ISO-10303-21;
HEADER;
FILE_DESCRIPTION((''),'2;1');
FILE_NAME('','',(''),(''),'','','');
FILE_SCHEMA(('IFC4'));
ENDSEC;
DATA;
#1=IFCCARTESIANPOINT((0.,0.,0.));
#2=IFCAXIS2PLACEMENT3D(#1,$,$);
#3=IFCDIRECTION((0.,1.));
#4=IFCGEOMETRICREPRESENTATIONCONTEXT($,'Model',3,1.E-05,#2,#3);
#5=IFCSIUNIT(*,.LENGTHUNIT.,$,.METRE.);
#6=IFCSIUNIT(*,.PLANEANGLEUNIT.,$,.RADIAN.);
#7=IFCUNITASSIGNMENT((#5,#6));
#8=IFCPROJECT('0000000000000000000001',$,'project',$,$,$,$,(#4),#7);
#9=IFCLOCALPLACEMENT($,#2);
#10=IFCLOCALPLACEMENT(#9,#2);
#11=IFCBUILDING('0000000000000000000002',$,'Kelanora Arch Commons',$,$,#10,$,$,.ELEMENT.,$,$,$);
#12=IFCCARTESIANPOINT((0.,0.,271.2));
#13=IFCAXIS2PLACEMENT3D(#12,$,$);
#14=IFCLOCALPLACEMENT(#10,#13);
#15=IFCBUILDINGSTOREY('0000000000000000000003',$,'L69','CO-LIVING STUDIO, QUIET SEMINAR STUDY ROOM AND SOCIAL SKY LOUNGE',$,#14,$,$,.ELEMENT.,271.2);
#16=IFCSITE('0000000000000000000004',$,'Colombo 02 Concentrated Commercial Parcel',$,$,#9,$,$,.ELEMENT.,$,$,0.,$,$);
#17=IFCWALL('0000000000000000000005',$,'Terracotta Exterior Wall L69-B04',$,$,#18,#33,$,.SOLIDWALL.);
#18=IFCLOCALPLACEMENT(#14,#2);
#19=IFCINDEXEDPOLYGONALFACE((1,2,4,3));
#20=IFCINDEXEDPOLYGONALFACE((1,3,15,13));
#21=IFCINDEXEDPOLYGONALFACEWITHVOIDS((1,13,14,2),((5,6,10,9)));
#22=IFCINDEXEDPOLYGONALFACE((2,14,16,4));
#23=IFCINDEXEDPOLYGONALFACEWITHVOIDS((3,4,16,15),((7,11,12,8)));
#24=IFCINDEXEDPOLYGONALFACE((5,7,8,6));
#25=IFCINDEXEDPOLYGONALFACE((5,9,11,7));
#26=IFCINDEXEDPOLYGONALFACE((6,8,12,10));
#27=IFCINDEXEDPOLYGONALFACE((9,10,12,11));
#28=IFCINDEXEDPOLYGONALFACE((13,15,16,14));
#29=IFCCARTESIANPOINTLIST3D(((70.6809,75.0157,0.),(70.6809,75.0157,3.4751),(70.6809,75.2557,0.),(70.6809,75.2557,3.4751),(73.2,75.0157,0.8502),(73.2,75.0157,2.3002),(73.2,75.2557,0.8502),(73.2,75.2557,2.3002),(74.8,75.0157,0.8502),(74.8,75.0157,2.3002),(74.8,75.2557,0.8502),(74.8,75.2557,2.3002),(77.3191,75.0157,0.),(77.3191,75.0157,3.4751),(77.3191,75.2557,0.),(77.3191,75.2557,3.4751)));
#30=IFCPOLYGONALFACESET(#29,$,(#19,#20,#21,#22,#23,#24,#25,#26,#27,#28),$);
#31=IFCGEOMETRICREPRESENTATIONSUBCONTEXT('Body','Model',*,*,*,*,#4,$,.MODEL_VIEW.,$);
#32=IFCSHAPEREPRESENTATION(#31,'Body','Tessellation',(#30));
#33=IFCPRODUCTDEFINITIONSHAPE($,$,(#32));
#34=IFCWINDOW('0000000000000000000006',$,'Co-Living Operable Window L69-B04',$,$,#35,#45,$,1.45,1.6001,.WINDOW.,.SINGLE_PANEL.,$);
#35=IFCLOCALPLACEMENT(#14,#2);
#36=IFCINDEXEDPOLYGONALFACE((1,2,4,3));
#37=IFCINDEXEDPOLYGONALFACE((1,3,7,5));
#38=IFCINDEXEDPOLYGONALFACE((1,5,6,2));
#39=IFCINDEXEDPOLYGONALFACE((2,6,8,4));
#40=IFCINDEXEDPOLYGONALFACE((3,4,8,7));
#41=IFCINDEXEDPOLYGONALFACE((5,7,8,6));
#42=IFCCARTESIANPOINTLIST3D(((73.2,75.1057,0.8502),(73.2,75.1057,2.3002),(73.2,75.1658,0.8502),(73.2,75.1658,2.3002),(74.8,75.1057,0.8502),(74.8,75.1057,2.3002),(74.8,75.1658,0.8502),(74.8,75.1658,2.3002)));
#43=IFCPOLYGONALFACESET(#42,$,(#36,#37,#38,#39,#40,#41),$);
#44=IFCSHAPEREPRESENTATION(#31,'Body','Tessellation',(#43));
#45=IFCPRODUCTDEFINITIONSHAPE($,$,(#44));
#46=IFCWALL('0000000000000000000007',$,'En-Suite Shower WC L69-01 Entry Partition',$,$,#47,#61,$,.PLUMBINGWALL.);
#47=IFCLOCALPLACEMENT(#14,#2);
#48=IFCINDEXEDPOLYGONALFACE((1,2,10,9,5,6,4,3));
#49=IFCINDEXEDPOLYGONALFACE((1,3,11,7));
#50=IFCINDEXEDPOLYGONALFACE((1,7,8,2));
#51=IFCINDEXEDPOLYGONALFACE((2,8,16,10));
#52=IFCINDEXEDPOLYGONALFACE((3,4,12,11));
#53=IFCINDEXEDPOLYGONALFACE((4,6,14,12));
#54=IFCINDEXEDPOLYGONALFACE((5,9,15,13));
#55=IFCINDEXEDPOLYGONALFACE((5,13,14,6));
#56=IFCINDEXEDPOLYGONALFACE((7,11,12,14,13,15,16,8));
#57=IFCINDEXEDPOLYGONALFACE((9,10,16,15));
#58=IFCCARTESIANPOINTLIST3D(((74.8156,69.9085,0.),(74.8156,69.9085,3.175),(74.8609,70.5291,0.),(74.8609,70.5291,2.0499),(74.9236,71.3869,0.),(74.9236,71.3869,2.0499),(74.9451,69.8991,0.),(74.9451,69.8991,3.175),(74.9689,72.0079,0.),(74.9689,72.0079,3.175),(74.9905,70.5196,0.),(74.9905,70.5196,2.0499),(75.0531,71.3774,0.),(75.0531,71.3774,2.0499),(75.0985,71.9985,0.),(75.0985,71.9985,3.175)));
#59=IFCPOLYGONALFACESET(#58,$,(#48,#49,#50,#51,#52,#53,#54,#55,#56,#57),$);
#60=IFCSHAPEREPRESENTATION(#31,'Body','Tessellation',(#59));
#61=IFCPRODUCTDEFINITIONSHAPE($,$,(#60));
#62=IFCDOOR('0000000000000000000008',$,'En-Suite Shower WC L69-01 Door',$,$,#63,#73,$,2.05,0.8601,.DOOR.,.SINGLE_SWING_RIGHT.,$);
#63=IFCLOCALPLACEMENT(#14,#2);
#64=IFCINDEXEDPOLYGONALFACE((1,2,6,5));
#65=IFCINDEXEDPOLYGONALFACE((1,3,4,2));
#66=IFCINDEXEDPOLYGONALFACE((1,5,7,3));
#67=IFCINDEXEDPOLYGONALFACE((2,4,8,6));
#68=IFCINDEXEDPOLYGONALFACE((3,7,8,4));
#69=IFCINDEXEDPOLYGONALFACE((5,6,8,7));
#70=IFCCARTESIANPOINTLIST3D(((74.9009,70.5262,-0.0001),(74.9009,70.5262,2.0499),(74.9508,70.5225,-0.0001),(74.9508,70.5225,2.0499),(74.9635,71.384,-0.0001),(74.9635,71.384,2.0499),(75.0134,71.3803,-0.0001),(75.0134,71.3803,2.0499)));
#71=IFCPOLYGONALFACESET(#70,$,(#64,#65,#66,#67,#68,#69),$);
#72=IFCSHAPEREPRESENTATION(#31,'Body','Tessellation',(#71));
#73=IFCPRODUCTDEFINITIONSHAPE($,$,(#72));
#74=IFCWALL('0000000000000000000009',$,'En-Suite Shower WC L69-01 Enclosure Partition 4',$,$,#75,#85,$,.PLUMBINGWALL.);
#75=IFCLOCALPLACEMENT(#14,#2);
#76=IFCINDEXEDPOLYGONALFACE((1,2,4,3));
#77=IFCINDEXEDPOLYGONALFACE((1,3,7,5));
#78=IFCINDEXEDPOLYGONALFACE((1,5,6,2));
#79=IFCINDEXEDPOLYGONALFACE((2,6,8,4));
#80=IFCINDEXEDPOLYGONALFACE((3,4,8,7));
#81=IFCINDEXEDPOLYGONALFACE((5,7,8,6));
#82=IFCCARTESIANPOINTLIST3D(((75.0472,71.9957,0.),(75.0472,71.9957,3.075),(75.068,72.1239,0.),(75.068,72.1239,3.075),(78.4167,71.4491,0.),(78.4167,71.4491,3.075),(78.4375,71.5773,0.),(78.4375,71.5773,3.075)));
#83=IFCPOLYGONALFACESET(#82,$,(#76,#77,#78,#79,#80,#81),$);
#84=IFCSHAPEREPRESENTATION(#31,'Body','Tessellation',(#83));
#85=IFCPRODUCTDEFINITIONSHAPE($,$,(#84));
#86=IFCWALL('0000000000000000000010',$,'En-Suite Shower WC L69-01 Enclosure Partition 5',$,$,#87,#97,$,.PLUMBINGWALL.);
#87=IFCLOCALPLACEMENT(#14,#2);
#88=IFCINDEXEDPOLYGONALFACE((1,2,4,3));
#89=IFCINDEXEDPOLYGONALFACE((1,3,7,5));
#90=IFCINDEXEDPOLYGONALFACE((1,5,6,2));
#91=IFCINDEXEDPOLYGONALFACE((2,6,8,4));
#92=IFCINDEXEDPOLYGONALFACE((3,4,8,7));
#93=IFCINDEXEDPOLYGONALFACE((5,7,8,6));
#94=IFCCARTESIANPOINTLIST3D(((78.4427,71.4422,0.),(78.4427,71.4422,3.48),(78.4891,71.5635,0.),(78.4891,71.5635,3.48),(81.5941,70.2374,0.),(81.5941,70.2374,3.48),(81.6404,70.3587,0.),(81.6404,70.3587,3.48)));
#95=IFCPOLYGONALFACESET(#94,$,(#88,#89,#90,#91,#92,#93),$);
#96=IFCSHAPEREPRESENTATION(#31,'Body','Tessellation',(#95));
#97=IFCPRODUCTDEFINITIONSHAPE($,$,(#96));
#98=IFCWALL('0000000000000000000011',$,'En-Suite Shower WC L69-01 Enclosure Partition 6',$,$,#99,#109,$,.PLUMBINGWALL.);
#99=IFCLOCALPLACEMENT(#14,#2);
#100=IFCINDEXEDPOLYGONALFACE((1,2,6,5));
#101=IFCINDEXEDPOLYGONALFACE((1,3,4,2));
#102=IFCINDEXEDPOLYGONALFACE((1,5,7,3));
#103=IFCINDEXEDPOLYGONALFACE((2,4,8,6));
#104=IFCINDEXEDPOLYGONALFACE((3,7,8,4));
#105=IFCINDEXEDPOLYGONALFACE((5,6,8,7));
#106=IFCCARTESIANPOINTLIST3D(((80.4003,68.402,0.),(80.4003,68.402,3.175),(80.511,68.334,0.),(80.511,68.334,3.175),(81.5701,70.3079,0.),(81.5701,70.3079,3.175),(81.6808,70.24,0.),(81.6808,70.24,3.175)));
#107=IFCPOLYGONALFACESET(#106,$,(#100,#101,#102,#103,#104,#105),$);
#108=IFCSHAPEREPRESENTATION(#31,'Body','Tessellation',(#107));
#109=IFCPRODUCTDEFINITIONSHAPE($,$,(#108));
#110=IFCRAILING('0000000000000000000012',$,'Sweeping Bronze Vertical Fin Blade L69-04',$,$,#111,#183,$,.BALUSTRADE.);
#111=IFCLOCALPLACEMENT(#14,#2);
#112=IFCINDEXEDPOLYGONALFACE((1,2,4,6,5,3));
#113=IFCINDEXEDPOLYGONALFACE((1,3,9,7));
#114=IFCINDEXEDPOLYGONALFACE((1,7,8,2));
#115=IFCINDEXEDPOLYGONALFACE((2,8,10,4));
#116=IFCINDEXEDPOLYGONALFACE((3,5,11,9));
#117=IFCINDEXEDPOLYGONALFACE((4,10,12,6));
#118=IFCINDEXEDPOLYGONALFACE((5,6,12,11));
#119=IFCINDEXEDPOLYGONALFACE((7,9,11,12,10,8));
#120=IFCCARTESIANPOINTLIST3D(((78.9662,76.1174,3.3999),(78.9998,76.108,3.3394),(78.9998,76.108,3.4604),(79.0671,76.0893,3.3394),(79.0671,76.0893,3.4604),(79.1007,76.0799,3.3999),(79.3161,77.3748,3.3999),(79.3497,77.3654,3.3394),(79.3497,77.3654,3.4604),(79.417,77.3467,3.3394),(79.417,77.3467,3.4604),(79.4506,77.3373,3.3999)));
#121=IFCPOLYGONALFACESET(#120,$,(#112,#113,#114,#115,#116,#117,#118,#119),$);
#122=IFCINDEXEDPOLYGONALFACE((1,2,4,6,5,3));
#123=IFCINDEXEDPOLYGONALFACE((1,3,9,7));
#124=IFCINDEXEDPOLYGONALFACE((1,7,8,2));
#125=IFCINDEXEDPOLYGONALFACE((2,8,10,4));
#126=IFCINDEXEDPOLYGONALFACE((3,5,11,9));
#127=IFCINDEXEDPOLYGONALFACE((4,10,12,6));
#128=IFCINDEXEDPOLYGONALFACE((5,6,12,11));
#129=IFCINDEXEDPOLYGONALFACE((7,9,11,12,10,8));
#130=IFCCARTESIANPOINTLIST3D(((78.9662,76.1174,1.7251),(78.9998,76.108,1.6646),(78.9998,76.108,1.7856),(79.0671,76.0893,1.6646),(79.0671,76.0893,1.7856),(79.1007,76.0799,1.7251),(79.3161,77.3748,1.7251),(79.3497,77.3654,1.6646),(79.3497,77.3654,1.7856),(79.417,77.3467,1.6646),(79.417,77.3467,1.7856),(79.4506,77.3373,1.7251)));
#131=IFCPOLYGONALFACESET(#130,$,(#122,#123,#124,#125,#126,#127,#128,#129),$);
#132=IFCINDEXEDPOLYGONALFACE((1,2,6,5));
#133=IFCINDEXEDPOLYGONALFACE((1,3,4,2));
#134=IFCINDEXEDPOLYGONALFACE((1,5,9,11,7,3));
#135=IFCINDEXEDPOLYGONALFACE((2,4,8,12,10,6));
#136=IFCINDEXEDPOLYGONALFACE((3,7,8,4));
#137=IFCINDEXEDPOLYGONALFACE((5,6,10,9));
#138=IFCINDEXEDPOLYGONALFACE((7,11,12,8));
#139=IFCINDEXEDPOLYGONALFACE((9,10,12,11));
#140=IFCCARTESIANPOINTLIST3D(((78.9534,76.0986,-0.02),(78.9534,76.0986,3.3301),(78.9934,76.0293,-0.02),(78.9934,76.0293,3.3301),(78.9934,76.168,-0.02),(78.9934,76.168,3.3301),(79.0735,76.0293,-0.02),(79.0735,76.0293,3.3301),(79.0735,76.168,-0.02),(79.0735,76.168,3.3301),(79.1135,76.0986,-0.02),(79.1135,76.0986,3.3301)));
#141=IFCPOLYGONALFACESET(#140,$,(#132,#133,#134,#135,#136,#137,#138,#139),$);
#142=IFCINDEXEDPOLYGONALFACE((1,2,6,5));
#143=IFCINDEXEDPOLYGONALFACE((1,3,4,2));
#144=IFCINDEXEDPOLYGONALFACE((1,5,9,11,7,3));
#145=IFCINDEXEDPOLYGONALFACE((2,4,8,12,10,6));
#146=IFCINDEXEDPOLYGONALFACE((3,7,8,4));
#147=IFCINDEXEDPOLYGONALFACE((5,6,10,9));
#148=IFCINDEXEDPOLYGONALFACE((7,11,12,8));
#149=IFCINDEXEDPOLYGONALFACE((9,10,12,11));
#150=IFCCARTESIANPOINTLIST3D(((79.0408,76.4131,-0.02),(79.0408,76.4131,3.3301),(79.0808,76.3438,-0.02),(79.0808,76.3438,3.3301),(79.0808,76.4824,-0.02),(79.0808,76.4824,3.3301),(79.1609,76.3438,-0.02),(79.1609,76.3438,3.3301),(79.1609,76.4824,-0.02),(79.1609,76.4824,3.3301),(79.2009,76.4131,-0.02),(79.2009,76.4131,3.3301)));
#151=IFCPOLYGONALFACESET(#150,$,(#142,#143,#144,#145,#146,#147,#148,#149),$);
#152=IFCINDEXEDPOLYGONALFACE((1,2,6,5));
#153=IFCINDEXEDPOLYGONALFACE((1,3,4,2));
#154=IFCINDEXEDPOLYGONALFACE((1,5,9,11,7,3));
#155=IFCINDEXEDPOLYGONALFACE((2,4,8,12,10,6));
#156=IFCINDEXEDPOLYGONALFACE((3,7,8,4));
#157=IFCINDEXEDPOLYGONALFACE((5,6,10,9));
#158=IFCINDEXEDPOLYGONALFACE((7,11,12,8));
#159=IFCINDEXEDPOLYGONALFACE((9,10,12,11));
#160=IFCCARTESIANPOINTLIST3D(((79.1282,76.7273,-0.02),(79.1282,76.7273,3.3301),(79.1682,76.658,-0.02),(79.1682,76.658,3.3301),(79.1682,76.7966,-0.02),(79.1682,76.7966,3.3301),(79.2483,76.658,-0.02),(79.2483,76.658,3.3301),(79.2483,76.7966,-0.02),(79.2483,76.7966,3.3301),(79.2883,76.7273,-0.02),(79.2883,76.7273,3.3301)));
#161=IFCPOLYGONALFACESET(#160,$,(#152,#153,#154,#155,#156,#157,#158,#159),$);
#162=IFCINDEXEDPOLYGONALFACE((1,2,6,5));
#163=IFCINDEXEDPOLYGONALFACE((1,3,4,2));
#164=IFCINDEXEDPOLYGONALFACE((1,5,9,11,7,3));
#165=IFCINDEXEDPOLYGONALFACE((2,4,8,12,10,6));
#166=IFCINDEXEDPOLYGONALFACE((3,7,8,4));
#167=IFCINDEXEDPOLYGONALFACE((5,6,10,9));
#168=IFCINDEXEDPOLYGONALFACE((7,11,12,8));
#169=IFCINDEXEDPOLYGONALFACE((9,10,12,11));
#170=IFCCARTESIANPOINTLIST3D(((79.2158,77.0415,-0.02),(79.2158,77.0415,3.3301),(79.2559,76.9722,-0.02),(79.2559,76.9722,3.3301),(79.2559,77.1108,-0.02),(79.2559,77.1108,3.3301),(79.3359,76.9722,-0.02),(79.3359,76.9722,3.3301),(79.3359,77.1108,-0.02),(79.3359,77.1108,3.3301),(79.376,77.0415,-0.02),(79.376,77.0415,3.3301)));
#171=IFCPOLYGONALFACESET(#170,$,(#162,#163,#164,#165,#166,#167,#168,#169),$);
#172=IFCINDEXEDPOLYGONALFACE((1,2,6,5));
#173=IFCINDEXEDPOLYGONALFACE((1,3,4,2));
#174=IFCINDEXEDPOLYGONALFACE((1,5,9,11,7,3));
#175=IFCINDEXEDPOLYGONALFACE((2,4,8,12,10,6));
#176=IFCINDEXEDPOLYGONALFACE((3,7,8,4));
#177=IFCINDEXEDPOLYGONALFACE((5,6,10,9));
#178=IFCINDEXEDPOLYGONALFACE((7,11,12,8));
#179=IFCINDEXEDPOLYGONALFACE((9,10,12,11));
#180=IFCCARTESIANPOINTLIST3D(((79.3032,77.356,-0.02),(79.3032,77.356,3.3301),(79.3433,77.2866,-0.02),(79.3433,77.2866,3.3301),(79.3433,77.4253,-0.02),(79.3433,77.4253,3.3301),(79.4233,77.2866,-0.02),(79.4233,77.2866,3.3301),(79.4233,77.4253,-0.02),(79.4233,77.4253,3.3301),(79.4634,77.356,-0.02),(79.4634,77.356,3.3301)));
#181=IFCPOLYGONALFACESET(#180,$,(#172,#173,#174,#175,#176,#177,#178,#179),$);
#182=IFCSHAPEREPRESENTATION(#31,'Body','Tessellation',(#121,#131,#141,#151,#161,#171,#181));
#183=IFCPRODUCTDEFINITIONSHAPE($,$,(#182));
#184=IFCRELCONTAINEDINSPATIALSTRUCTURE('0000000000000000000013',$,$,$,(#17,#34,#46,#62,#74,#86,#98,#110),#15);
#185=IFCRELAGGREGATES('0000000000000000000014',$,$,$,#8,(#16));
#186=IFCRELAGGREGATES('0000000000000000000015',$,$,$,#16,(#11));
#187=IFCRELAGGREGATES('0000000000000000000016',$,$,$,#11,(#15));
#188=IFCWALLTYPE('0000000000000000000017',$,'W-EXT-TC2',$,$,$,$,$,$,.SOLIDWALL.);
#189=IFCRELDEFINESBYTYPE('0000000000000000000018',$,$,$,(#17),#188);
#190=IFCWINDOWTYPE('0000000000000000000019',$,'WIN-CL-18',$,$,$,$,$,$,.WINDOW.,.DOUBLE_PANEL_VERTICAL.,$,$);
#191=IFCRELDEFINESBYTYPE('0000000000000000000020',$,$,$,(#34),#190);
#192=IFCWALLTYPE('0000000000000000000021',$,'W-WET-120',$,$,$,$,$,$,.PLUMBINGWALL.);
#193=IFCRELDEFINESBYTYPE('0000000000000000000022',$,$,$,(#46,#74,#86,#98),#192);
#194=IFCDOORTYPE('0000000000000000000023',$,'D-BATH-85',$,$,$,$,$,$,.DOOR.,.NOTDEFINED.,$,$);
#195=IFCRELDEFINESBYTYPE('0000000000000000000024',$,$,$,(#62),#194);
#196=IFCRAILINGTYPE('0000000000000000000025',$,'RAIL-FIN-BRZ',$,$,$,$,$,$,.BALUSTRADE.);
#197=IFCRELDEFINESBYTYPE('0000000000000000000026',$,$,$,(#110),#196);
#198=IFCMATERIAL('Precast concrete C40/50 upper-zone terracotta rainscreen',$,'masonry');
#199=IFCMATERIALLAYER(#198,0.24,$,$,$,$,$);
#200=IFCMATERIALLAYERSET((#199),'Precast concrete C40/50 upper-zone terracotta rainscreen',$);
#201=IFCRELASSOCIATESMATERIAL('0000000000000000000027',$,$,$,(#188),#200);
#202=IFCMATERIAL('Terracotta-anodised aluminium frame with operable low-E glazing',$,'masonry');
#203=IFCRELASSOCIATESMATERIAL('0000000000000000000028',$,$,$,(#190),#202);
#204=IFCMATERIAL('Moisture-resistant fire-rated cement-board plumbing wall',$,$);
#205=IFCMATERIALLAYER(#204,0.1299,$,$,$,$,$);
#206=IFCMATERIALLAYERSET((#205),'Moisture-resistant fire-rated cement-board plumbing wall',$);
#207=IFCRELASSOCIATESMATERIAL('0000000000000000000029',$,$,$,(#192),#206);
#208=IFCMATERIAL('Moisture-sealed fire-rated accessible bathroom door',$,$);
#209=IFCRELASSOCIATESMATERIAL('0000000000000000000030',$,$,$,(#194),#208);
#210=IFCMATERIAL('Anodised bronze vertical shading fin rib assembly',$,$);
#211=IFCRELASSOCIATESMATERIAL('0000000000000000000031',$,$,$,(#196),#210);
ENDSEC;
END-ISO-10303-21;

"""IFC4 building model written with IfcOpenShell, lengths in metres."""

from ifc_helpers import new_model, si_unit, direction, frame, frame_2d, origin, place, context, subcontext, project, spatial, polyline, rectangle, outline, extrude, material, layer, layer_set, type_object, element, fill, save


model = new_model("IFC4")

# Units and contexts
model_context = context("Model", 3, precision=1e-05, world=origin(), true_north=direction((0.0, 1.0)))
body_context = subcontext(model_context, "Body", "Model", "MODEL_VIEW")
ifc_project = project(units=[si_unit("LENGTHUNIT", "METRE"), si_unit("PLANEANGLEUNIT", "RADIAN")], contexts=[model_context])

# Site, building, storey
site_placement = place(None, origin())
site = spatial("IfcSite", under=ifc_project, at=site_placement, Name="Colombo 02 Concentrated Commercial Parcel", CompositionType="ELEMENT", RefElevation=0.0)
building_placement = place(site_placement, origin())
building = spatial("IfcBuilding", under=site, at=building_placement, Name="Kelanora Arch Commons", CompositionType="ELEMENT")
storey_placement = place(building_placement, frame((0.0, 0.0, 271.2)))
storey = spatial("IfcBuildingStorey", under=building, at=storey_placement, Name="L69", Description="CO-LIVING STUDIO, QUIET SEMINAR STUDY ROOM AND SOCIAL SKY LOUNGE", CompositionType="ELEMENT", Elevation=271.2)

# Wall, opening, window
ifc_material_1 = material(Name="Precast concrete C40/50 upper-zone terracotta rainscreen", Category="masonry")
ifc_layer_1 = layer(ifc_material_1, 0.24)
ifc_layer_set_1 = layer_set([ifc_layer_1], Name="Precast concrete C40/50 upper-zone terracotta rainscreen")
wall_type_1 = type_object("IfcWallType", Name="W-EXT-TC2", PredefinedType="SOLIDWALL", material=ifc_layer_set_1)
wall_1_placement = place(storey_placement, frame((77.3191, 75.1357, 0.0), z_axis=(0.0, 0.0, 1.0), x_axis=(-1.0, 0.0, 0.0)))
wall_1 = element("IfcWall", 1, at=wall_1_placement, inside=storey, type_object=wall_type_1, Name="Terracotta Exterior Wall L69-B04", PredefinedType="SOLIDWALL", context=body_context, shape_type="SweptSolid", body=[
    extrude(rectangle(XDim=6.6382, YDim=0.24, at=frame_2d((3.3191, 0.0))), origin(), (0.0, 0.0, 1.0), 3.4751),
])
opening_1_placement = place(wall_1_placement, frame((2.519, 0.0, 0.8501)))
opening_1 = element("IfcOpeningElement", 2, at=opening_1_placement, cuts=wall_1, PredefinedType="OPENING", context=body_context, shape_type="SweptSolid", body=[
    extrude(rectangle(XDim=1.6001, YDim=1.45, at=frame_2d((0.8, 0.7251))), frame((0.0, 0.1299, 0.0), z_axis=(0.0, -1.0, 0.0), x_axis=(1.0, 0.0, 0.0)), (0.0, 0.0, 1.0), 0.26),
])
ifc_material_2 = material(Name="Terracotta-anodised aluminium frame with operable low-E glazing", Category="masonry")
window_type = type_object("IfcWindowType", Name="WIN-CL-18", PartitioningType="DOUBLE_PANEL_VERTICAL", PredefinedType="WINDOW", material=ifc_material_2)
window_placement = place(opening_1_placement, origin())
window = element("IfcWindow", 3, at=window_placement, inside=storey, type_object=window_type, Name="Co-Living Operable Window L69-B04", OverallHeight=1.45, OverallWidth=1.6001, PartitioningType="SINGLE_PANEL", PredefinedType="WINDOW", context=body_context, shape_type="SweptSolid", body=[
    extrude(rectangle(XDim=1.6001, YDim=1.45, at=frame_2d((0.8, 0.7251))), frame((0.0, 0.03, 0.0), z_axis=(0.0, -1.0, 0.0), x_axis=(1.0, 0.0, 0.0)), (0.0, 0.0, 1.0), 0.0601),
])
fill(opening_1, window)

# Wall, opening, door
ifc_material_3 = material(Name="Moisture-resistant fire-rated cement-board plumbing wall")
ifc_layer_2 = layer(ifc_material_3, 0.1299)
ifc_layer_set_2 = layer_set([ifc_layer_2], Name="Moisture-resistant fire-rated cement-board plumbing wall")
wall_type_2 = type_object("IfcWallType", Name="W-WET-120", PredefinedType="PLUMBINGWALL", material=ifc_layer_set_2)
wall_2_placement = place(storey_placement, frame((74.8804, 69.9038, 0.0), z_axis=(0.0, 0.0, 1.0), x_axis=(0.072838, 0.997344, 0.0)))
wall_2 = element("IfcWall", 4, at=wall_2_placement, inside=storey, type_object=wall_type_2, Name="En-Suite Shower WC L69-01 Entry Partition", PredefinedType="PLUMBINGWALL", context=body_context, shape_type="SweptSolid", body=[
    extrude(rectangle(XDim=2.105, YDim=0.1299, at=frame_2d((1.0525, 0.0))), origin(), (0.0, 0.0, 1.0), 3.175),
])
opening_2_placement = place(wall_2_placement, frame((0.6221, 0.0, 0.0)))
opening_2 = element("IfcOpeningElement", 5, at=opening_2_placement, cuts=wall_2, PredefinedType="OPENING", context=body_context, shape_type="SweptSolid", body=[
    extrude(rectangle(XDim=0.8601, YDim=2.05, at=frame_2d((0.4302, 1.0249))), frame((0.0, 0.075, 0.0), z_axis=(0.0, -1.0, 0.0), x_axis=(1.0, 0.0, 0.0)), (0.0, 0.0, 1.0), 0.1499),
])
ifc_material_4 = material(Name="Moisture-sealed fire-rated accessible bathroom door")
door_type = type_object("IfcDoorType", Name="D-BATH-85", OperationType="NOTDEFINED", PredefinedType="DOOR", material=ifc_material_4)
door_placement = place(opening_2_placement, origin())
door = element("IfcDoor", 6, at=door_placement, inside=storey, type_object=door_type, Name="En-Suite Shower WC L69-01 Door", OperationType="SINGLE_SWING_RIGHT", OverallHeight=2.05, OverallWidth=0.8601, PredefinedType="DOOR", context=body_context, shape_type="SweptSolid", body=[
    extrude(rectangle(XDim=0.8601, YDim=2.05, at=frame_2d((0.4302, 1.0249))), frame((0.0, 0.0249, 0.0), z_axis=(0.0, -1.0, 0.0), x_axis=(1.0, 0.0, 0.0)), (0.0, 0.0, 1.0), 0.05),
])
fill(opening_2, door)

# Walls
wall_3_placement = place(storey_placement, frame((75.0576, 72.0598, 0.0), z_axis=(0.0, 0.0, 1.0), x_axis=(0.987096, -0.16013, 0.0)))
element("IfcWall", 7, at=wall_3_placement, inside=storey, type_object=wall_type_2, Name="En-Suite Shower WC L69-01 Enclosure Partition 4", PredefinedType="PLUMBINGWALL", context=body_context, shape_type="SweptSolid", body=[
    extrude(rectangle(XDim=3.4136, YDim=0.1299, at=frame_2d((1.7068, 0.0))), origin(), (0.0, 0.0, 1.0), 3.075),
])
wall_4_placement = place(storey_placement, frame((78.4658, 71.5029, 0.0), z_axis=(0.0, 0.0, 1.0), x_axis=(0.934062, -0.357111, 0.0)))
element("IfcWall", 8, at=wall_4_placement, inside=storey, type_object=wall_type_2, Name="En-Suite Shower WC L69-01 Enclosure Partition 5", PredefinedType="PLUMBINGWALL", context=body_context, shape_type="SweptSolid", body=[
    extrude(rectangle(XDim=3.3738, YDim=0.1299, at=frame_2d((1.687, 0.0))), origin(), (0.0, 0.0, 1.0), 3.48),
])
wall_5_placement = place(storey_placement, frame((81.6255, 70.2739, 0.0), z_axis=(0.0, 0.0, 1.0), x_axis=(-0.523123, -0.852257, 0.0)))
element("IfcWall", 9, at=wall_5_placement, inside=storey, type_object=wall_type_2, Name="En-Suite Shower WC L69-01 Enclosure Partition 6", PredefinedType="PLUMBINGWALL", context=body_context, shape_type="SweptSolid", body=[
    extrude(rectangle(XDim=2.2363, YDim=0.1299, at=frame_2d((1.1182, 0.0))), origin(), (0.0, 0.0, 1.0), 3.175),
])

# Railing
ifc_material_5 = material(Name="Anodised bronze vertical shading fin rib assembly")
railing_type = type_object("IfcRailingType", Name="RAIL-FIN-BRZ", PredefinedType="BALUSTRADE", material=ifc_material_5)
railing_placement = place(storey_placement, frame((79.0334, 76.0986, -0.02)))
element("IfcRailing", 10, at=railing_placement, inside=storey, type_object=railing_type, Name="Sweeping Bronze Vertical Fin Blade L69-04", PredefinedType="BALUSTRADE", context=body_context, shape_type="SweptSolid", body=[
    extrude(outline(polyline([(0.0698, 0.0), (0.0349, 0.0605), (-0.0349, 0.0605), (-0.0698, 0.0), (-0.0349, -0.0605), (0.0349, -0.0605), (0.0698, 0.0)])), frame((0.0, 0.0, 3.4199), z_axis=(0.268068, 0.9634, 0.0), x_axis=(-0.9634, 0.268068, 0.0)), (0.0, 0.0, 1.0), 1.3052),
    extrude(outline(polyline([(0.0698, 0.0), (0.0349, 0.0605), (-0.0349, 0.0605), (-0.0698, 0.0), (-0.0349, -0.0605), (0.0349, -0.0605), (0.0698, 0.0)])), frame((0.0, 0.0, 1.7451), z_axis=(0.268068, 0.9634, 0.0), x_axis=(-0.9634, 0.268068, 0.0)), (0.0, 0.0, 1.0), 1.3052),
    extrude(outline(polyline([(0.0801, 0.0), (0.04, 0.0693), (-0.04, 0.0693), (-0.0801, 0.0), (-0.04, -0.0693), (0.04, -0.0693), (0.0801, 0.0)])), origin(), (0.0, 0.0, 1.0), 3.3501),
    extrude(outline(polyline([(0.0801, 0.0), (0.04, 0.0693), (-0.04, 0.0693), (-0.0801, 0.0), (-0.04, -0.0693), (0.04, -0.0693), (0.0801, 0.0)])), frame((0.0874, 0.3145, 0.0)), (0.0, 0.0, 1.0), 3.3501),
    extrude(outline(polyline([(0.0801, 0.0), (0.04, 0.0693), (-0.04, 0.0693), (-0.0801, 0.0), (-0.04, -0.0693), (0.04, -0.0693), (0.0801, 0.0)])), frame((0.1748, 0.6287, 0.0)), (0.0, 0.0, 1.0), 3.3501),
    extrude(outline(polyline([(0.0801, 0.0), (0.04, 0.0693), (-0.04, 0.0693), (-0.0801, 0.0), (-0.04, -0.0693), (0.04, -0.0693), (0.0801, 0.0)])), frame((0.2625, 0.9429, 0.0)), (0.0, 0.0, 1.0), 3.3501),
    extrude(outline(polyline([(0.0801, 0.0), (0.04, 0.0693), (-0.04, 0.0693), (-0.0801, 0.0), (-0.04, -0.0693), (0.04, -0.0693), (0.0801, 0.0)])), frame((0.3499, 1.2573, 0.0)), (0.0, 0.0, 1.0), 3.3501),
])

save(model, "model.ifc")
